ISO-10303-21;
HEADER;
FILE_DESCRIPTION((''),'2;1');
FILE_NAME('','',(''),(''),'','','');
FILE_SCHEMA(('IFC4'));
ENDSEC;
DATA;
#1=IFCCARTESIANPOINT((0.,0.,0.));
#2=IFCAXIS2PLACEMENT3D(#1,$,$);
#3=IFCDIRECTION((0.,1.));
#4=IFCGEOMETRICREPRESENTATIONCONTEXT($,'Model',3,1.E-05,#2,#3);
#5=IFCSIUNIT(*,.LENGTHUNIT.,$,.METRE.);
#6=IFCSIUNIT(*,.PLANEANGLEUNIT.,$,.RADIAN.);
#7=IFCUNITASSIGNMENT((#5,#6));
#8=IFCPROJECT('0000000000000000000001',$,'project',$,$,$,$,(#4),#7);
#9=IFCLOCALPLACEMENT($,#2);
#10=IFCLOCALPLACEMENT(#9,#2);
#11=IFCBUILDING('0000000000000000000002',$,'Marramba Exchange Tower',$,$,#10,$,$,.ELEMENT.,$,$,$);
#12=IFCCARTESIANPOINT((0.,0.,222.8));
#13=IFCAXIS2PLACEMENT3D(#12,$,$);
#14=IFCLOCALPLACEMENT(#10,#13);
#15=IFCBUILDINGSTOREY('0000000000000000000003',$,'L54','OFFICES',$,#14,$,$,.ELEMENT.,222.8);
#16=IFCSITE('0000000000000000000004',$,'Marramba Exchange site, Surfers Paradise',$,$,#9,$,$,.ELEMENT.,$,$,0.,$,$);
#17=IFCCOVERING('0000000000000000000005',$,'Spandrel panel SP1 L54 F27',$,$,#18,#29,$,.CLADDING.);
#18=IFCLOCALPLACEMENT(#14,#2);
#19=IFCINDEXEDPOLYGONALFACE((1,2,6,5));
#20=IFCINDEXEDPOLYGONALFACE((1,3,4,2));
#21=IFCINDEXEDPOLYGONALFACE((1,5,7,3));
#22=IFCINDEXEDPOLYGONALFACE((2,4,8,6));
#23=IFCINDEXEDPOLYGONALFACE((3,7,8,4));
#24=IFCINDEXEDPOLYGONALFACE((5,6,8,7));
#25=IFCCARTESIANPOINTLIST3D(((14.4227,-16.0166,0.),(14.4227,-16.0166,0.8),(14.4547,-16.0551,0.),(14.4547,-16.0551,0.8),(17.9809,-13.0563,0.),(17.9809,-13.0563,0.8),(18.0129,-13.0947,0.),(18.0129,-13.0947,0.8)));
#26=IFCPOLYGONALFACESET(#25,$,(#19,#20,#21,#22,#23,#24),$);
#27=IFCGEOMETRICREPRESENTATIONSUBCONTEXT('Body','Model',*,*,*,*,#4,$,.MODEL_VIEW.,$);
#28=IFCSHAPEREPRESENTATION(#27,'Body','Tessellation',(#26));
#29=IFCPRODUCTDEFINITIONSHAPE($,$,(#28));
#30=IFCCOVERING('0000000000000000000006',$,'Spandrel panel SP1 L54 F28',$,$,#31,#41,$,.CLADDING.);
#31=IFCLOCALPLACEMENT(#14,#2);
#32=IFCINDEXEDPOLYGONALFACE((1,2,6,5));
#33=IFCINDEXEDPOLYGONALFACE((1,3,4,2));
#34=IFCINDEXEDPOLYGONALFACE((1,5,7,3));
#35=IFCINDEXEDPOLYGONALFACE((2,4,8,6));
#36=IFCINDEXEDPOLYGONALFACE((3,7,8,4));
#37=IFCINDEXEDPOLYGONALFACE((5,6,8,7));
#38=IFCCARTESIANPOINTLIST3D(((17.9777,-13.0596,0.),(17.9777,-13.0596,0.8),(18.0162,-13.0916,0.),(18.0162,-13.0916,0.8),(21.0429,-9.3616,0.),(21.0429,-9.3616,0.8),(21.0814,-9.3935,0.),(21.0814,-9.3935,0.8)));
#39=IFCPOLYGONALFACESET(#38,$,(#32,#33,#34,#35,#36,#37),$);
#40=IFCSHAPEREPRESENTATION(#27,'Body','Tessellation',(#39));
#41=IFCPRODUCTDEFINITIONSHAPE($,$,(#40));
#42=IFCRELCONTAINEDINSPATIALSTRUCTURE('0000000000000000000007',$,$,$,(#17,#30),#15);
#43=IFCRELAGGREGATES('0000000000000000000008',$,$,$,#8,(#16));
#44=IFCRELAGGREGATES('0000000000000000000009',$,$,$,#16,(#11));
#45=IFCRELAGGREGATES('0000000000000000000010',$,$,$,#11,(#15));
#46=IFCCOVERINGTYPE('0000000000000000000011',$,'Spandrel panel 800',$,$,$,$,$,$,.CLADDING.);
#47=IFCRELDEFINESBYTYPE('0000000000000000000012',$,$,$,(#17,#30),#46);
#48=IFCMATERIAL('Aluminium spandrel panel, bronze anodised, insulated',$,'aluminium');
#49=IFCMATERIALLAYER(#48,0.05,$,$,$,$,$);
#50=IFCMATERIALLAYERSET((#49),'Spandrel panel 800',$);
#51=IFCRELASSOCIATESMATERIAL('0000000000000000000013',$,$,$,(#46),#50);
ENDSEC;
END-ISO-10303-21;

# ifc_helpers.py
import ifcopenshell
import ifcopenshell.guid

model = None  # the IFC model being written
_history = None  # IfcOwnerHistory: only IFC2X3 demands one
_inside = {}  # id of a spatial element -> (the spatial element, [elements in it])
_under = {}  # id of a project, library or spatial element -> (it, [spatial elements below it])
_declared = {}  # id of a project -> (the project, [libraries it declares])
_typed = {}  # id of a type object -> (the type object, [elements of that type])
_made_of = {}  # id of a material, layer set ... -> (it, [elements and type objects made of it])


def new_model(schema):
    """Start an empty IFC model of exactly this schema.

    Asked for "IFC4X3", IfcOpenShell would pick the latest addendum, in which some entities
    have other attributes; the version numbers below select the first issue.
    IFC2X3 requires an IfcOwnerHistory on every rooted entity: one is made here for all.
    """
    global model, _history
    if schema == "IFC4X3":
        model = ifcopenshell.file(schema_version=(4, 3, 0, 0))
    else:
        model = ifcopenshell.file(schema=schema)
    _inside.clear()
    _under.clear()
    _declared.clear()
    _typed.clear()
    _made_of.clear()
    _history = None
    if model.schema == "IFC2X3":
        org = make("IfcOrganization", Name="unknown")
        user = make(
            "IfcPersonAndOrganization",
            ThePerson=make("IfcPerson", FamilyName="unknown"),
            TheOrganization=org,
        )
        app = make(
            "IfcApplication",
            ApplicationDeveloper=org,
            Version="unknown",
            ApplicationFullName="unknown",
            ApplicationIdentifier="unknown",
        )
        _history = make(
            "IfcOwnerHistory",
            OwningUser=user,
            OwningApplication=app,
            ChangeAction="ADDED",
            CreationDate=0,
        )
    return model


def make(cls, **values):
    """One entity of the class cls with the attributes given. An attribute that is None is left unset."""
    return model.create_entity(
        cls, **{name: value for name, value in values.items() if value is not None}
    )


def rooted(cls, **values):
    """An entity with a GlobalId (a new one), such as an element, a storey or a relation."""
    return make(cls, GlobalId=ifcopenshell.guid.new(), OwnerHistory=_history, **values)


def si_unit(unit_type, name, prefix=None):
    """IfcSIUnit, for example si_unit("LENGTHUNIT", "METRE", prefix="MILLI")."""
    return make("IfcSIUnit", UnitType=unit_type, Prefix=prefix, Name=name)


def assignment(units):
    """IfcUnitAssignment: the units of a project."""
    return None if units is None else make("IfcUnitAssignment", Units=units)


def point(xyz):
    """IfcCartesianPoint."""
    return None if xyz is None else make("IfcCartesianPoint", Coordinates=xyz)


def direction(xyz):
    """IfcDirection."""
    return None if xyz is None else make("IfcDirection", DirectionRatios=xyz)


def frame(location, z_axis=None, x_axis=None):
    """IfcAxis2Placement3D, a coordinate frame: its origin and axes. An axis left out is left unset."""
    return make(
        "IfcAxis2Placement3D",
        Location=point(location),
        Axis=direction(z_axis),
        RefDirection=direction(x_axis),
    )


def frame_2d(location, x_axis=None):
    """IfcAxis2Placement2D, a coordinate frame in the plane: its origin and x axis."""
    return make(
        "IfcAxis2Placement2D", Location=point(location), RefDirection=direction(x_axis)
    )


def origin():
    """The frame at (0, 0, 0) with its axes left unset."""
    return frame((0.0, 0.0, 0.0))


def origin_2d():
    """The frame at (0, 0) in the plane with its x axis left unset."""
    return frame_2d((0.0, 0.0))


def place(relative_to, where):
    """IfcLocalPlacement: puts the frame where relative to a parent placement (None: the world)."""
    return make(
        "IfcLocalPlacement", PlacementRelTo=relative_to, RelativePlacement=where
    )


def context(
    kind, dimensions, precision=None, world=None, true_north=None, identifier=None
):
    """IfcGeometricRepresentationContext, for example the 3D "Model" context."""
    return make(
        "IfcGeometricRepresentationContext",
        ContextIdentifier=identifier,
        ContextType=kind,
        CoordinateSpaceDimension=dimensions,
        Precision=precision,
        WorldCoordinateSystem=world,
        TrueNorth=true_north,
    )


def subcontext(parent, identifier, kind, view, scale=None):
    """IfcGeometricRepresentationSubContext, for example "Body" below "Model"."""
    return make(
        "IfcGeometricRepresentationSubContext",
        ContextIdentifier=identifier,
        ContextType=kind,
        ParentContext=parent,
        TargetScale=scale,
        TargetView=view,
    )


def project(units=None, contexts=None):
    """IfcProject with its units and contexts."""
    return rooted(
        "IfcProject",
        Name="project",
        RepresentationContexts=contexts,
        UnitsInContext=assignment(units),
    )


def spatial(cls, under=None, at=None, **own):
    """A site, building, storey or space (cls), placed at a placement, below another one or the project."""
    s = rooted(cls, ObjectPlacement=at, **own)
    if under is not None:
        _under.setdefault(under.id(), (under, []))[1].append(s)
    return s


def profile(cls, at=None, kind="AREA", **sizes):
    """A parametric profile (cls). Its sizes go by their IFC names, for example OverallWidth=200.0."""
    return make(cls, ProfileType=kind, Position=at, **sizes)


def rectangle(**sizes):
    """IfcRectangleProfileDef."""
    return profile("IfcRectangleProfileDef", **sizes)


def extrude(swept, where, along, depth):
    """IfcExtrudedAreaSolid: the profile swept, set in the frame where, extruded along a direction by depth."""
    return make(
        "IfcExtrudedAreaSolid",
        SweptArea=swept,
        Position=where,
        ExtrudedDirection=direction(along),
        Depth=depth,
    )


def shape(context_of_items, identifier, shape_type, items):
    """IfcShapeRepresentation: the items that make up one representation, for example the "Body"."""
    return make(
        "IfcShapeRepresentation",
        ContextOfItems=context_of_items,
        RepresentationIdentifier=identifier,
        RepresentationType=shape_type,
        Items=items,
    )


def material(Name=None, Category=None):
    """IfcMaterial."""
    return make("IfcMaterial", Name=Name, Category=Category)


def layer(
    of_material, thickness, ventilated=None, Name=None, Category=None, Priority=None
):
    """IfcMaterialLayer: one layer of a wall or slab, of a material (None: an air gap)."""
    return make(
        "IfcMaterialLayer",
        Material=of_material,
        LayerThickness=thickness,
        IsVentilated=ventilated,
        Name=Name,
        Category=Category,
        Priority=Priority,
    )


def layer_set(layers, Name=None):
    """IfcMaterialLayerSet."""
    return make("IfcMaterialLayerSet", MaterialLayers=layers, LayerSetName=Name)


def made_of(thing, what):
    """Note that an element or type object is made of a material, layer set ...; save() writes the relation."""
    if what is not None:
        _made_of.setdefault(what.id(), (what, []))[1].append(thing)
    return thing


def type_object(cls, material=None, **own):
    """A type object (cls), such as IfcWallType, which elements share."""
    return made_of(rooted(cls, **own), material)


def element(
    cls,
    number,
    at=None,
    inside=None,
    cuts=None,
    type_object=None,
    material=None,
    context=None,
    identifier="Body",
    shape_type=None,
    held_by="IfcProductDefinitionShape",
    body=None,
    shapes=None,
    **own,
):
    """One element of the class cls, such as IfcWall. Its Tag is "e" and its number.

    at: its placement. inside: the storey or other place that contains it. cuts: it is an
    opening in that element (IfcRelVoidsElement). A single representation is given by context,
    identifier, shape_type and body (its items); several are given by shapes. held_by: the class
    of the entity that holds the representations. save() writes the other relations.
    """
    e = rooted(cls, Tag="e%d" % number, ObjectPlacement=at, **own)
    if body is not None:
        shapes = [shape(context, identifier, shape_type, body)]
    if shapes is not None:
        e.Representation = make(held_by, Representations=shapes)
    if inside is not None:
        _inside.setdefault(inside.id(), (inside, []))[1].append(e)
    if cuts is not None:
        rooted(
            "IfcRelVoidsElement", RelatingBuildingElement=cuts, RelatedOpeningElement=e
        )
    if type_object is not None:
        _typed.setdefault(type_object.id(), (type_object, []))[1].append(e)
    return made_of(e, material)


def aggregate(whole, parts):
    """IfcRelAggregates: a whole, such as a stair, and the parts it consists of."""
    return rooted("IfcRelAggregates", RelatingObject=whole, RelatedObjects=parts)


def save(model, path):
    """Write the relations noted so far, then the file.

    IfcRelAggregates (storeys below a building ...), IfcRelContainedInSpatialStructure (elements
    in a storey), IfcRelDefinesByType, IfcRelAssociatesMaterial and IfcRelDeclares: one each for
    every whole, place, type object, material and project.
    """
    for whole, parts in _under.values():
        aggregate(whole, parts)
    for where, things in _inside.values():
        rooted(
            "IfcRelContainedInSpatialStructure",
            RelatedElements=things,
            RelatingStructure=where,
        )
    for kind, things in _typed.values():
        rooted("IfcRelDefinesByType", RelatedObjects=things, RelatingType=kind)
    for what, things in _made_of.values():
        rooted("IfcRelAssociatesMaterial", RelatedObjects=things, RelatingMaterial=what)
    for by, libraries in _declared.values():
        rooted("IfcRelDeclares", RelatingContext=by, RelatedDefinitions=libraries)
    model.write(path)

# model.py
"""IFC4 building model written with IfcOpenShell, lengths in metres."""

from ifc_helpers import new_model, si_unit, direction, frame, origin, origin_2d, place, context, subcontext, project, spatial, rectangle, extrude, material, layer, layer_set, type_object, element, save


model = new_model("IFC4")

# Units and contexts
model_context = context("Model", 3, precision=1e-05, world=origin(), true_north=direction((0.0, 1.0)))
body_context = subcontext(model_context, "Body", "Model", "MODEL_VIEW")
ifc_project = project(units=[si_unit("LENGTHUNIT", "METRE"), si_unit("PLANEANGLEUNIT", "RADIAN")], contexts=[model_context])

# Site, building, storey
site_placement = place(None, origin())
site = spatial("IfcSite", under=ifc_project, at=site_placement, Name="Marramba Exchange site, Surfers Paradise", CompositionType="ELEMENT", RefElevation=0.0)
building_placement = place(site_placement, origin())
building = spatial("IfcBuilding", under=site, at=building_placement, Name="Marramba Exchange Tower", CompositionType="ELEMENT")
storey_placement = place(building_placement, frame((0.0, 0.0, 222.8)))
storey = spatial("IfcBuildingStorey", under=building, at=storey_placement, Name="L54", Description="OFFICES", CompositionType="ELEMENT", Elevation=222.8)

# Coverings
ifc_material_1 = material(Name="Aluminium spandrel panel, bronze anodised, insulated", Category="aluminium")
ifc_layer_1 = layer(ifc_material_1, 0.05)
ifc_layer_set_1 = layer_set([ifc_layer_1], Name="Spandrel panel 800")
covering_type = type_object("IfcCoveringType", Name="Spandrel panel 800", PredefinedType="CLADDING", material=ifc_layer_set_1)
covering_1_placement = place(storey_placement, frame((16.2178, -14.5557, 0.0), z_axis=(0.0, 0.0, 1.0), x_axis=(0.768737, 0.639565, 0.0)))
element("IfcCovering", 1, at=covering_1_placement, inside=storey, type_object=covering_type, Name="Spandrel panel SP1 L54 F27", PredefinedType="CLADDING", context=body_context, shape_type="SweptSolid", body=[
    extrude(rectangle(XDim=4.6287, YDim=0.05, at=origin_2d()), origin(), (0.0, 0.0, 1.0), 0.8),
])
covering_2_placement = place(storey_placement, frame((19.5295, -11.2266, 0.0), z_axis=(0.0, 0.0, 1.0), x_axis=(0.63815, 0.769912, 0.0)))
element("IfcCovering", 2, at=covering_2_placement, inside=storey, type_object=covering_type, Name="Spandrel panel SP1 L54 F28", PredefinedType="CLADDING", context=body_context, shape_type="SweptSolid", body=[
    extrude(rectangle(XDim=4.8032, YDim=0.05, at=origin_2d()), origin(), (0.0, 0.0, 1.0), 0.8),
])

save(model, "model.ifc")
